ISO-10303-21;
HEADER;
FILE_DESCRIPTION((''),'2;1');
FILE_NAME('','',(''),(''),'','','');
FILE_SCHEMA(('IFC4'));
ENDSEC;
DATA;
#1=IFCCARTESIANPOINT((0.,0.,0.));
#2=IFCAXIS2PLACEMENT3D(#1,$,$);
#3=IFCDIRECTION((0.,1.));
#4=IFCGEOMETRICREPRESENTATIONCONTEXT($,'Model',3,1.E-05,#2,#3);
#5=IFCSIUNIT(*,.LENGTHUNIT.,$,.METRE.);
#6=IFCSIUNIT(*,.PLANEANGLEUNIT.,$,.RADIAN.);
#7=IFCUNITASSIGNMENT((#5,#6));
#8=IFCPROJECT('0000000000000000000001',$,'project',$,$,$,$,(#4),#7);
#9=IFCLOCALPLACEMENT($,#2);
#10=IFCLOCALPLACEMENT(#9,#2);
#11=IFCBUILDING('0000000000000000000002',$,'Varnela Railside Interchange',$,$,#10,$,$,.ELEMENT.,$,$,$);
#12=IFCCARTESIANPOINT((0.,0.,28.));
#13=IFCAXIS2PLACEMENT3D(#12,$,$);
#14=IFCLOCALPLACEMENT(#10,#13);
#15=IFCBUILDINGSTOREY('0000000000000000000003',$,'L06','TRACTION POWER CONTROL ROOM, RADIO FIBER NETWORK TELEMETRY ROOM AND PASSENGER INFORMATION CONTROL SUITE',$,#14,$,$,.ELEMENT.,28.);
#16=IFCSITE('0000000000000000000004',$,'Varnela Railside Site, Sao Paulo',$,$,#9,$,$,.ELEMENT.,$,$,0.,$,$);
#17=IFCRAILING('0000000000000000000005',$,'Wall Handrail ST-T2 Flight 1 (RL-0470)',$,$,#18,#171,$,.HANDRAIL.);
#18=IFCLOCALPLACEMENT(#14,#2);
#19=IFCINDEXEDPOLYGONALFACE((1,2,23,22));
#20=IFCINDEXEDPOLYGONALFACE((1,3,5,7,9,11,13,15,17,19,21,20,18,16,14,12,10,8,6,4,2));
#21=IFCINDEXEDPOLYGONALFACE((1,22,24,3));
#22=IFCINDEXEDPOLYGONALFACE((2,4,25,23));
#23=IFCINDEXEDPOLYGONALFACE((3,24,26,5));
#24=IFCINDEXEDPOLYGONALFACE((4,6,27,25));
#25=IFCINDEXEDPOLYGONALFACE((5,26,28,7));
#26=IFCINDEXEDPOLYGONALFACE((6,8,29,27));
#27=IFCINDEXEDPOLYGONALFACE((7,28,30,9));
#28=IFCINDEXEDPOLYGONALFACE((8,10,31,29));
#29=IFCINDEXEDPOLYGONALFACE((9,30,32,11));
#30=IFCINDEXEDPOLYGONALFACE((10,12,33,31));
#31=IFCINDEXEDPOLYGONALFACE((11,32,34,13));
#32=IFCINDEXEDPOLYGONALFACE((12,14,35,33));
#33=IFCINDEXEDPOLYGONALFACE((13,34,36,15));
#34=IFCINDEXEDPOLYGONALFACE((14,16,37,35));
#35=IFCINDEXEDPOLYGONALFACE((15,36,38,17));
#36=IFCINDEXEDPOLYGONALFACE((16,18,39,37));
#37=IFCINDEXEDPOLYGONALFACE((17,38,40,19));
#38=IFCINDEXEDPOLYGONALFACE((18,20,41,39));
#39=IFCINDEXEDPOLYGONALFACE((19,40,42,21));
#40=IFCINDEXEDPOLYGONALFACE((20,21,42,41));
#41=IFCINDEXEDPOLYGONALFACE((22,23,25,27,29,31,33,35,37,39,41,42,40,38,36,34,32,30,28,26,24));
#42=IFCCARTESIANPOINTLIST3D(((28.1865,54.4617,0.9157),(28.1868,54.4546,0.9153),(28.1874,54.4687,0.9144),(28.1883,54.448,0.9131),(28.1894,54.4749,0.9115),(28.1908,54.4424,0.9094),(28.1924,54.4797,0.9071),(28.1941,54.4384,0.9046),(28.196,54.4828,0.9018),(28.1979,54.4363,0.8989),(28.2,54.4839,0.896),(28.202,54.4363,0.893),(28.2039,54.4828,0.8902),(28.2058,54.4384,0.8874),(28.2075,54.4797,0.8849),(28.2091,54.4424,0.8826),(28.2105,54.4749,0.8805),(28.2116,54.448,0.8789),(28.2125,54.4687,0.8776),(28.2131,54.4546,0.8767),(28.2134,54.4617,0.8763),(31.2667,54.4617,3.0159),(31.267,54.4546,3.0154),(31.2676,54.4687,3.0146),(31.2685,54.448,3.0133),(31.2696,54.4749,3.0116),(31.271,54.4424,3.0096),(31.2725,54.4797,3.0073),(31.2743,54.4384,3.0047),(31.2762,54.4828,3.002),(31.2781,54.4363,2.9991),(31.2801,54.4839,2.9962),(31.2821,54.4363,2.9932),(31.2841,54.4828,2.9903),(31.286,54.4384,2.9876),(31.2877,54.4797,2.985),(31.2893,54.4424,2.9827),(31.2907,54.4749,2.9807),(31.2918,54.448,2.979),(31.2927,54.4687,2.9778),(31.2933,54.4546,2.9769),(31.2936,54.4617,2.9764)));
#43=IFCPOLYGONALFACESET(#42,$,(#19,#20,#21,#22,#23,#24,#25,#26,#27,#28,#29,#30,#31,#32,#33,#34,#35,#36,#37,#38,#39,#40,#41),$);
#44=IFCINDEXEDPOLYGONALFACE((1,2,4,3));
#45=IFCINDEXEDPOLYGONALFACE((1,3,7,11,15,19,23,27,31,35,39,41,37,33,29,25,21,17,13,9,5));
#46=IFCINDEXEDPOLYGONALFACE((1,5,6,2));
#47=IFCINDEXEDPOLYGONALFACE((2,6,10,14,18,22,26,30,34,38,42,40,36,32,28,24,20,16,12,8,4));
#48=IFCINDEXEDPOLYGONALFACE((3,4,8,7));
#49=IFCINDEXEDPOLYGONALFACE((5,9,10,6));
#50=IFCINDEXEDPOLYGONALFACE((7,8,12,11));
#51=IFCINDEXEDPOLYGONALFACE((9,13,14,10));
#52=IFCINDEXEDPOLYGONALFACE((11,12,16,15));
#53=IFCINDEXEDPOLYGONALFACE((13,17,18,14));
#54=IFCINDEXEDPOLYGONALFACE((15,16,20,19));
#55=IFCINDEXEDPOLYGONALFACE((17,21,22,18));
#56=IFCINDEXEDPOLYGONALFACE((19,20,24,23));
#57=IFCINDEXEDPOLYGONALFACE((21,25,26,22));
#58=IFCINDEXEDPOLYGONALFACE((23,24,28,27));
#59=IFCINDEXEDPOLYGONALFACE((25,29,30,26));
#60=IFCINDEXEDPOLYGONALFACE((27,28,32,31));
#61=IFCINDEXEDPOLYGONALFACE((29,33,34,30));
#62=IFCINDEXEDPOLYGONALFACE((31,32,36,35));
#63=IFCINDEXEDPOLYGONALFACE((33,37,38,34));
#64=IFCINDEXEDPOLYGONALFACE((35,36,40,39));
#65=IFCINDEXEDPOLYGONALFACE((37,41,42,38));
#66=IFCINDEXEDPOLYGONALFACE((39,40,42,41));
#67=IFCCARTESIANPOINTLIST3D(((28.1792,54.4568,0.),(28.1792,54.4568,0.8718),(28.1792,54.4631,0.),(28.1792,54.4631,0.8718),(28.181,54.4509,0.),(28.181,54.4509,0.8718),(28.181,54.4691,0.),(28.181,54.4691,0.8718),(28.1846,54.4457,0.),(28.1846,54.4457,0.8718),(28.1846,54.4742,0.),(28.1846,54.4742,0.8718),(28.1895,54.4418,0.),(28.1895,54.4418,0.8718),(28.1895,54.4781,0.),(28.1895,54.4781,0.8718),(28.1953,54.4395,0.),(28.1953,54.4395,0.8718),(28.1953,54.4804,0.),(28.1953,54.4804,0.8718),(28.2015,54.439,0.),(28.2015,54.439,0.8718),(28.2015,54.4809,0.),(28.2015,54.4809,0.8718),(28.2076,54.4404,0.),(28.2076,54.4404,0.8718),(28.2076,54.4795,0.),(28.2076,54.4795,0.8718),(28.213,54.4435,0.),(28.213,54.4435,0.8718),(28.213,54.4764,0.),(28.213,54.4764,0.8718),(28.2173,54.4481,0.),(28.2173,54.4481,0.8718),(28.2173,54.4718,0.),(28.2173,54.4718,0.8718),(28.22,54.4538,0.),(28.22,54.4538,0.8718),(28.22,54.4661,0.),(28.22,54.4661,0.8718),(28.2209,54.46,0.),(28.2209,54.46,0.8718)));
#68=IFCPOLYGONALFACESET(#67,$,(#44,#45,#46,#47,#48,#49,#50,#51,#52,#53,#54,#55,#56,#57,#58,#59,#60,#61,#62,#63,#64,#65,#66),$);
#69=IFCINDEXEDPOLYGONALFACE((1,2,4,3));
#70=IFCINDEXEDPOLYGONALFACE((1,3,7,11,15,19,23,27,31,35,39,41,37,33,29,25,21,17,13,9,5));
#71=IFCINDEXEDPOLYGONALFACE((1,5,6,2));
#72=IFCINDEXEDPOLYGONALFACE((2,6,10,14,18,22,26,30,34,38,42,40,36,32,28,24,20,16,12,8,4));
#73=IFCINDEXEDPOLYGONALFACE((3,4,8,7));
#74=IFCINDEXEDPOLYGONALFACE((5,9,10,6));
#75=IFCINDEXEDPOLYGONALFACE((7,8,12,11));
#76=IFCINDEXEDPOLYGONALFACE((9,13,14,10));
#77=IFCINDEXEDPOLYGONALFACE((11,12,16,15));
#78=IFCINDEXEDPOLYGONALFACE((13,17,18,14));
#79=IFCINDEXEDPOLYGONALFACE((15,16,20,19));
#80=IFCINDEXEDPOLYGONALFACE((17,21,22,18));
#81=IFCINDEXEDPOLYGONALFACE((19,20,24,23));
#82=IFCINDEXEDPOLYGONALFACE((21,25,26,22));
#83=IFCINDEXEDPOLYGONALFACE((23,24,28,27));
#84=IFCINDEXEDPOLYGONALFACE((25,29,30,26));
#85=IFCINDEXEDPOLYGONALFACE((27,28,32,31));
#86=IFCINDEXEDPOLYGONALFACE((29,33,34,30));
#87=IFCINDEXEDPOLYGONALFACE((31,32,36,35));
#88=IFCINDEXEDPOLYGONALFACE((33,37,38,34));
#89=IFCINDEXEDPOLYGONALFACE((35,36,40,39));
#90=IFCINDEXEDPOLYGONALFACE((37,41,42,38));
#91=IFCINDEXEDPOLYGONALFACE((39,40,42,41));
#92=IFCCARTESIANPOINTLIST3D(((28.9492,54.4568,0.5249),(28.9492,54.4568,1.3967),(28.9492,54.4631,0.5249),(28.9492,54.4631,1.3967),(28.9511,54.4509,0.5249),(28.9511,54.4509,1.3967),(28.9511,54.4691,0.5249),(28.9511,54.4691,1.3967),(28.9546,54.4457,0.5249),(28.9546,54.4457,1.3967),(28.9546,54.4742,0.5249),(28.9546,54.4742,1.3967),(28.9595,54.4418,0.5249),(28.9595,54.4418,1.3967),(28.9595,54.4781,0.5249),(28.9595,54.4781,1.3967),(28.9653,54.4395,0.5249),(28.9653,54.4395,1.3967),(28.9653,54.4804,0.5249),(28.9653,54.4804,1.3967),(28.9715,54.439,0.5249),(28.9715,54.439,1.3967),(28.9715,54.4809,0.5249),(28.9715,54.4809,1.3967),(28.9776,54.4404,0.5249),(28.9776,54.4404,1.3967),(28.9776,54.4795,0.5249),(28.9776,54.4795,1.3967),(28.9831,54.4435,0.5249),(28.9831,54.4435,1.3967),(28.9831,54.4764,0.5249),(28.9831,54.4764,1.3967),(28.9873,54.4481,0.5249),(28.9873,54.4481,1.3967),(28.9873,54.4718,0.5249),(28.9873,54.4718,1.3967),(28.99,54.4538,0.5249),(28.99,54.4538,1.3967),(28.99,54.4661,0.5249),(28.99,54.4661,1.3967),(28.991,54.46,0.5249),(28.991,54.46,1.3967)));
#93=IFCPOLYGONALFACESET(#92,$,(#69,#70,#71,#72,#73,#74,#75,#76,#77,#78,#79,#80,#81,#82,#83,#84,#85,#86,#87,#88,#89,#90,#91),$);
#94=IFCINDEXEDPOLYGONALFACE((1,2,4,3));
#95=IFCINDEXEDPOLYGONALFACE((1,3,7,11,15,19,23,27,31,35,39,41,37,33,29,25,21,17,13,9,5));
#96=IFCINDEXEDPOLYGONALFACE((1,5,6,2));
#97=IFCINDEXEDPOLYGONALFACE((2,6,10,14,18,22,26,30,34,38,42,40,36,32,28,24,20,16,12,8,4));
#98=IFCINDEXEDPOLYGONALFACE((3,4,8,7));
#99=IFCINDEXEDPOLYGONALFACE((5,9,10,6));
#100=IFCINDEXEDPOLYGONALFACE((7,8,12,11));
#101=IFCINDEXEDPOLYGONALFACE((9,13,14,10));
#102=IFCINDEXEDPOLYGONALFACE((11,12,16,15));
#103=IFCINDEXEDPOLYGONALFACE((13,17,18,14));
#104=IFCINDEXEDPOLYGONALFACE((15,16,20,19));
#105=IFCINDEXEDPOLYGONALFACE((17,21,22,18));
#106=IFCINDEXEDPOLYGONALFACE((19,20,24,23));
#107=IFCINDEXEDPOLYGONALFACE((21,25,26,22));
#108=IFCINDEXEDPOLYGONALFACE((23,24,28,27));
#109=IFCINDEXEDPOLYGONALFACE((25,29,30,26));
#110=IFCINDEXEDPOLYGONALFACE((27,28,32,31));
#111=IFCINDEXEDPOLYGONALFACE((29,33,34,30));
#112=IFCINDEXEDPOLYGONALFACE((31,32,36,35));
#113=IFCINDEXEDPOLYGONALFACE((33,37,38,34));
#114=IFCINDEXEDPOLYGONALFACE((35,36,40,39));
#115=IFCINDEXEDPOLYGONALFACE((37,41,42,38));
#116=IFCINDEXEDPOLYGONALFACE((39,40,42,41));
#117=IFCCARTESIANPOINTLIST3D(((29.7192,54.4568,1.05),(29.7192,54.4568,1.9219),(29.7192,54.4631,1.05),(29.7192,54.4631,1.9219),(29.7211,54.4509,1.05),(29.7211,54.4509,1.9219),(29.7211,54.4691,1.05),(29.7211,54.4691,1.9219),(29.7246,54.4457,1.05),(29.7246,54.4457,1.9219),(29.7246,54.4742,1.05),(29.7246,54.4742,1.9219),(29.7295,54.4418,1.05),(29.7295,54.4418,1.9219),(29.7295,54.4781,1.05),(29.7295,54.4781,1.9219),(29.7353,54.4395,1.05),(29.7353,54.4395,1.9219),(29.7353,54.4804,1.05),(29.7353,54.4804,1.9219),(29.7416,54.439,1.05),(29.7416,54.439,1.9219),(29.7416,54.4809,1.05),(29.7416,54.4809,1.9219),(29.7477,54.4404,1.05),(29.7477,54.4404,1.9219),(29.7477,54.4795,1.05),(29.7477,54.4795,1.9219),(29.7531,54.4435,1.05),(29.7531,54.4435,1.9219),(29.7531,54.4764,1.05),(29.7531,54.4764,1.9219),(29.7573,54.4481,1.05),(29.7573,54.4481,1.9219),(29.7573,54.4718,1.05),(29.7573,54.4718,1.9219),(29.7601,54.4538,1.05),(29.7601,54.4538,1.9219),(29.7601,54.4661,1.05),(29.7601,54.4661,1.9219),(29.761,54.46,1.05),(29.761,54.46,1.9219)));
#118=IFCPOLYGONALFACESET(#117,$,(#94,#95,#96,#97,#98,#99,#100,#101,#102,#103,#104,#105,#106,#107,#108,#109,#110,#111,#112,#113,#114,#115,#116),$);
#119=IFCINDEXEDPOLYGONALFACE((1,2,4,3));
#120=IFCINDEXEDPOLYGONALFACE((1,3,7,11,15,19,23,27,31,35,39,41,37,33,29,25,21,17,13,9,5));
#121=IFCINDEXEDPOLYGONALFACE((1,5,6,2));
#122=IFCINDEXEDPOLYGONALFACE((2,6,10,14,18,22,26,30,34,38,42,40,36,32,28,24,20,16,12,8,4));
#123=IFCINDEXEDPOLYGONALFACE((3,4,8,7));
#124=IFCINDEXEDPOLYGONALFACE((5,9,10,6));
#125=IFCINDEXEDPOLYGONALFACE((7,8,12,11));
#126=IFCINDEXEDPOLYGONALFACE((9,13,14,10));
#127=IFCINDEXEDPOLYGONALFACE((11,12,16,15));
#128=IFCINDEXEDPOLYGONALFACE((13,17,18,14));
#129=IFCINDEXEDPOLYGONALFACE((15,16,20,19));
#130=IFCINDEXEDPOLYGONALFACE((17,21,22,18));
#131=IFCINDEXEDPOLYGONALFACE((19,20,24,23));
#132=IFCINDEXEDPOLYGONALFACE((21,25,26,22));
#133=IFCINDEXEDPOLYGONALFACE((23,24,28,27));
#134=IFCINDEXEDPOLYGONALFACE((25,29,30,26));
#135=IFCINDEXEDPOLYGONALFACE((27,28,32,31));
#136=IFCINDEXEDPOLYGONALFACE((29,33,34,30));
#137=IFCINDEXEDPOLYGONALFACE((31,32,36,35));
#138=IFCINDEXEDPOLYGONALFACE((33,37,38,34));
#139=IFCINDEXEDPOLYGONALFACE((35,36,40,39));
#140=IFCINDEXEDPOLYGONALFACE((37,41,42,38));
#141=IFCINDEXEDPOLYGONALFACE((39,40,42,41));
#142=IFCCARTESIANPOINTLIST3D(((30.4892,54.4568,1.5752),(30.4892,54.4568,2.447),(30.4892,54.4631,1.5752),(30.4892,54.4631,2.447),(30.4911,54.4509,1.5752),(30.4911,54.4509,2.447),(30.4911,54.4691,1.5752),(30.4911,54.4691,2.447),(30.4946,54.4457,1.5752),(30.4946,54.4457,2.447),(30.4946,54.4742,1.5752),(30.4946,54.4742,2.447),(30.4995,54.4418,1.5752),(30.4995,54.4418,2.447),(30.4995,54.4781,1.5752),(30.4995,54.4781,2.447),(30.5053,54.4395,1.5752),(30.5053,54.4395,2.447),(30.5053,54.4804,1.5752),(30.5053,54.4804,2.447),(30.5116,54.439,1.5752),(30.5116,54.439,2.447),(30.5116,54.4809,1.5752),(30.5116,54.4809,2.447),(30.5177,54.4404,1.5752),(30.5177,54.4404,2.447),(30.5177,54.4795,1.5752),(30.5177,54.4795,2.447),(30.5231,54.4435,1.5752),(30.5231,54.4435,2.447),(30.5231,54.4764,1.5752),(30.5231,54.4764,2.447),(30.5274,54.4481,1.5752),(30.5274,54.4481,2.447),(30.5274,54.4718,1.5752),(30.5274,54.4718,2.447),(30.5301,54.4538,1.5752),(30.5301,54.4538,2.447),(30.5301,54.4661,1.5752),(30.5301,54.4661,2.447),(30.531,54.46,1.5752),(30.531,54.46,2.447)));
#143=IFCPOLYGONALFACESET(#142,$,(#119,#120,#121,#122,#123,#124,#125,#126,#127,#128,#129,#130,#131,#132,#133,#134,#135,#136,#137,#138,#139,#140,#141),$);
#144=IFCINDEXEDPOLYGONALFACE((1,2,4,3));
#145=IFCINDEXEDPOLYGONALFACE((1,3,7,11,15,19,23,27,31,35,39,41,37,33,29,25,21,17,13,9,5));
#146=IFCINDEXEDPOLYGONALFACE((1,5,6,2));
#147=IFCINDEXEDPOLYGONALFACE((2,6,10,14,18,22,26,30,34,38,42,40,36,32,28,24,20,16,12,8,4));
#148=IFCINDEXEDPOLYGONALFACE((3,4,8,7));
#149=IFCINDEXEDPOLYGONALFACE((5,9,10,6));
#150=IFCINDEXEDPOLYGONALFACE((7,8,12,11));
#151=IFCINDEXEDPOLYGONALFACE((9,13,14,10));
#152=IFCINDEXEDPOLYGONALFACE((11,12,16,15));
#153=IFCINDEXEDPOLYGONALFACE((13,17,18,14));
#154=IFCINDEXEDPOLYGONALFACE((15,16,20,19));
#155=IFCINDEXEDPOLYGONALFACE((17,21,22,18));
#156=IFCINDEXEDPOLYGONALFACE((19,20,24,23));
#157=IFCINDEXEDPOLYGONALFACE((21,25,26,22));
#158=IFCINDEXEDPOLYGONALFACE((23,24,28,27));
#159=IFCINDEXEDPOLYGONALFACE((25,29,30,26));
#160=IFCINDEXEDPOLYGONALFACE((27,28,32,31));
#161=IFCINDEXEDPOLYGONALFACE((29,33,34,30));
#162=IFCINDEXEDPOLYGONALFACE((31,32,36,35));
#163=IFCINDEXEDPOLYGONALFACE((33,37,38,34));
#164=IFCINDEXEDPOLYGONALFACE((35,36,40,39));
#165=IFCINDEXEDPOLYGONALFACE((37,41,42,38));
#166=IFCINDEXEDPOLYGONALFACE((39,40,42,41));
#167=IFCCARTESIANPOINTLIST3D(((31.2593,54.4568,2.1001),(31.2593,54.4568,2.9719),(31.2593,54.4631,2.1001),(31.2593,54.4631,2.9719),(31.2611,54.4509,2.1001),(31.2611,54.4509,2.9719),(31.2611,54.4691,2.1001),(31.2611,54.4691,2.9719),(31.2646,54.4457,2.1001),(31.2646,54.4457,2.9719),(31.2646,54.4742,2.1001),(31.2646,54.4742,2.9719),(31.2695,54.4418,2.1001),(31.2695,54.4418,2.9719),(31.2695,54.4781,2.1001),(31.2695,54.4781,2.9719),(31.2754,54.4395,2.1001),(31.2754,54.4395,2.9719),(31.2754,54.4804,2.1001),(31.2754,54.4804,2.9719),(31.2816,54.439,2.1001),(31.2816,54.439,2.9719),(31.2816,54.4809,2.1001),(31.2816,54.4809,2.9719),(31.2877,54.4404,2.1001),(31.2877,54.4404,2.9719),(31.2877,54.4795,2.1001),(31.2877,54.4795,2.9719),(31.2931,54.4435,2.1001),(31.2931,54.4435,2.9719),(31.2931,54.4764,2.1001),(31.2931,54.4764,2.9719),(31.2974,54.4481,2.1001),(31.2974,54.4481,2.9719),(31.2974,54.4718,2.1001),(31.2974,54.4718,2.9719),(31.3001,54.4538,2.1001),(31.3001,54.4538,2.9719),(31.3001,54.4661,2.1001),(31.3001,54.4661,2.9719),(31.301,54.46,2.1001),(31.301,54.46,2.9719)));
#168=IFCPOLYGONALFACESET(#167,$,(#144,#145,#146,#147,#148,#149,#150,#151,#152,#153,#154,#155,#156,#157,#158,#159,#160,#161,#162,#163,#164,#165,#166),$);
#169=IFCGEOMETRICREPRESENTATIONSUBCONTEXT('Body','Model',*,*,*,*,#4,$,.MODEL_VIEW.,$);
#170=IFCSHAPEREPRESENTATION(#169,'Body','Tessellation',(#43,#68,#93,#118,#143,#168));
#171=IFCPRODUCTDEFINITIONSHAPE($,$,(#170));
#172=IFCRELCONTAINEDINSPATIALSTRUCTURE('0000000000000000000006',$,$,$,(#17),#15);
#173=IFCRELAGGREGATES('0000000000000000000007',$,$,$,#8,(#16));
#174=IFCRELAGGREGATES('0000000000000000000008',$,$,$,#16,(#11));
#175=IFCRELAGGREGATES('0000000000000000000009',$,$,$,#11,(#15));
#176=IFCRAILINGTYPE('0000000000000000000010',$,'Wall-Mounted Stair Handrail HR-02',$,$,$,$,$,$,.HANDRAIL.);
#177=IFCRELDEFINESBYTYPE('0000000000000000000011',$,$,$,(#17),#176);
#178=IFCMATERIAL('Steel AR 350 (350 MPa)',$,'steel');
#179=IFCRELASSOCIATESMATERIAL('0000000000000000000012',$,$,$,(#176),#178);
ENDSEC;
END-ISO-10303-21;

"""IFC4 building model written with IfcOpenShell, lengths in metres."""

from ifc_helpers import new_model, si_unit, direction, frame, origin, origin_2d, place, context, subcontext, project, spatial, circle, extrude, material, type_object, element, save


model = new_model("IFC4")

# Units and contexts
model_context = context("Model", 3, precision=1e-05, world=origin(), true_north=direction((0.0, 1.0)))
body_context = subcontext(model_context, "Body", "Model", "MODEL_VIEW")
ifc_project = project(units=[si_unit("LENGTHUNIT", "METRE"), si_unit("PLANEANGLEUNIT", "RADIAN")], contexts=[model_context])

# Site, building, storey
site_placement = place(None, origin())
site = spatial("IfcSite", under=ifc_project, at=site_placement, Name="Varnela Railside Site, Sao Paulo", CompositionType="ELEMENT", RefElevation=0.0)
building_placement = place(site_placement, origin())
building = spatial("IfcBuilding", under=site, at=building_placement, Name="Varnela Railside Interchange", CompositionType="ELEMENT")
storey_placement = place(building_placement, frame((0.0, 0.0, 28.0)))
storey = spatial("IfcBuildingStorey", under=building, at=storey_placement, Name="L06", Description="TRACTION POWER CONTROL ROOM, RADIO FIBER NETWORK TELEMETRY ROOM AND PASSENGER INFORMATION CONTROL SUITE", CompositionType="ELEMENT", Elevation=28.0)

# Shared definitions
ifc_material_1 = material(Name="Steel AR 350 (350 MPa)", Category="steel")

# Railing
railing_type_1 = type_object("IfcRailingType", Name="Wall-Mounted Stair Handrail HR-02", PredefinedType="HANDRAIL", material=ifc_material_1)
railing_1_placement = place(storey_placement, frame((28.2, 54.46, 0.0)))
element("IfcRailing", 1, at=railing_1_placement, inside=storey, type_object=railing_type_1, Name="Wall Handrail ST-T2 Flight 1 (RL-0470)", PredefinedType="HANDRAIL", context=body_context, shape_type="SweptSolid", body=[
    extrude(circle(Radius=0.0239, at=origin_2d()), frame((0.0, 0.0, 0.896), z_axis=(0.826222, 0.0, 0.563345), x_axis=(0.0, 1.0, 0.0)), (0.0, 0.0, 1.0), 3.728),
    extrude(circle(Radius=0.021, at=origin_2d()), origin(), (0.0, 0.0, 1.0), 0.8718),
    extrude(circle(Radius=0.021, at=origin_2d()), frame((0.77, 0.0, 0.5249)), (0.0, 0.0, 1.0), 0.8718),
    extrude(circle(Radius=0.021, at=origin_2d()), frame((1.54, 0.0, 1.05)), (0.0, 0.0, 1.0), 0.8718),
    extrude(circle(Radius=0.021, at=origin_2d()), frame((2.3101, 0.0, 1.5752)), (0.0, 0.0, 1.0), 0.8718),
    extrude(circle(Radius=0.021, at=origin_2d()), frame((3.0801, 0.0, 2.1001)), (0.0, 0.0, 1.0), 0.8718),
])

save(model, "model.ifc")
